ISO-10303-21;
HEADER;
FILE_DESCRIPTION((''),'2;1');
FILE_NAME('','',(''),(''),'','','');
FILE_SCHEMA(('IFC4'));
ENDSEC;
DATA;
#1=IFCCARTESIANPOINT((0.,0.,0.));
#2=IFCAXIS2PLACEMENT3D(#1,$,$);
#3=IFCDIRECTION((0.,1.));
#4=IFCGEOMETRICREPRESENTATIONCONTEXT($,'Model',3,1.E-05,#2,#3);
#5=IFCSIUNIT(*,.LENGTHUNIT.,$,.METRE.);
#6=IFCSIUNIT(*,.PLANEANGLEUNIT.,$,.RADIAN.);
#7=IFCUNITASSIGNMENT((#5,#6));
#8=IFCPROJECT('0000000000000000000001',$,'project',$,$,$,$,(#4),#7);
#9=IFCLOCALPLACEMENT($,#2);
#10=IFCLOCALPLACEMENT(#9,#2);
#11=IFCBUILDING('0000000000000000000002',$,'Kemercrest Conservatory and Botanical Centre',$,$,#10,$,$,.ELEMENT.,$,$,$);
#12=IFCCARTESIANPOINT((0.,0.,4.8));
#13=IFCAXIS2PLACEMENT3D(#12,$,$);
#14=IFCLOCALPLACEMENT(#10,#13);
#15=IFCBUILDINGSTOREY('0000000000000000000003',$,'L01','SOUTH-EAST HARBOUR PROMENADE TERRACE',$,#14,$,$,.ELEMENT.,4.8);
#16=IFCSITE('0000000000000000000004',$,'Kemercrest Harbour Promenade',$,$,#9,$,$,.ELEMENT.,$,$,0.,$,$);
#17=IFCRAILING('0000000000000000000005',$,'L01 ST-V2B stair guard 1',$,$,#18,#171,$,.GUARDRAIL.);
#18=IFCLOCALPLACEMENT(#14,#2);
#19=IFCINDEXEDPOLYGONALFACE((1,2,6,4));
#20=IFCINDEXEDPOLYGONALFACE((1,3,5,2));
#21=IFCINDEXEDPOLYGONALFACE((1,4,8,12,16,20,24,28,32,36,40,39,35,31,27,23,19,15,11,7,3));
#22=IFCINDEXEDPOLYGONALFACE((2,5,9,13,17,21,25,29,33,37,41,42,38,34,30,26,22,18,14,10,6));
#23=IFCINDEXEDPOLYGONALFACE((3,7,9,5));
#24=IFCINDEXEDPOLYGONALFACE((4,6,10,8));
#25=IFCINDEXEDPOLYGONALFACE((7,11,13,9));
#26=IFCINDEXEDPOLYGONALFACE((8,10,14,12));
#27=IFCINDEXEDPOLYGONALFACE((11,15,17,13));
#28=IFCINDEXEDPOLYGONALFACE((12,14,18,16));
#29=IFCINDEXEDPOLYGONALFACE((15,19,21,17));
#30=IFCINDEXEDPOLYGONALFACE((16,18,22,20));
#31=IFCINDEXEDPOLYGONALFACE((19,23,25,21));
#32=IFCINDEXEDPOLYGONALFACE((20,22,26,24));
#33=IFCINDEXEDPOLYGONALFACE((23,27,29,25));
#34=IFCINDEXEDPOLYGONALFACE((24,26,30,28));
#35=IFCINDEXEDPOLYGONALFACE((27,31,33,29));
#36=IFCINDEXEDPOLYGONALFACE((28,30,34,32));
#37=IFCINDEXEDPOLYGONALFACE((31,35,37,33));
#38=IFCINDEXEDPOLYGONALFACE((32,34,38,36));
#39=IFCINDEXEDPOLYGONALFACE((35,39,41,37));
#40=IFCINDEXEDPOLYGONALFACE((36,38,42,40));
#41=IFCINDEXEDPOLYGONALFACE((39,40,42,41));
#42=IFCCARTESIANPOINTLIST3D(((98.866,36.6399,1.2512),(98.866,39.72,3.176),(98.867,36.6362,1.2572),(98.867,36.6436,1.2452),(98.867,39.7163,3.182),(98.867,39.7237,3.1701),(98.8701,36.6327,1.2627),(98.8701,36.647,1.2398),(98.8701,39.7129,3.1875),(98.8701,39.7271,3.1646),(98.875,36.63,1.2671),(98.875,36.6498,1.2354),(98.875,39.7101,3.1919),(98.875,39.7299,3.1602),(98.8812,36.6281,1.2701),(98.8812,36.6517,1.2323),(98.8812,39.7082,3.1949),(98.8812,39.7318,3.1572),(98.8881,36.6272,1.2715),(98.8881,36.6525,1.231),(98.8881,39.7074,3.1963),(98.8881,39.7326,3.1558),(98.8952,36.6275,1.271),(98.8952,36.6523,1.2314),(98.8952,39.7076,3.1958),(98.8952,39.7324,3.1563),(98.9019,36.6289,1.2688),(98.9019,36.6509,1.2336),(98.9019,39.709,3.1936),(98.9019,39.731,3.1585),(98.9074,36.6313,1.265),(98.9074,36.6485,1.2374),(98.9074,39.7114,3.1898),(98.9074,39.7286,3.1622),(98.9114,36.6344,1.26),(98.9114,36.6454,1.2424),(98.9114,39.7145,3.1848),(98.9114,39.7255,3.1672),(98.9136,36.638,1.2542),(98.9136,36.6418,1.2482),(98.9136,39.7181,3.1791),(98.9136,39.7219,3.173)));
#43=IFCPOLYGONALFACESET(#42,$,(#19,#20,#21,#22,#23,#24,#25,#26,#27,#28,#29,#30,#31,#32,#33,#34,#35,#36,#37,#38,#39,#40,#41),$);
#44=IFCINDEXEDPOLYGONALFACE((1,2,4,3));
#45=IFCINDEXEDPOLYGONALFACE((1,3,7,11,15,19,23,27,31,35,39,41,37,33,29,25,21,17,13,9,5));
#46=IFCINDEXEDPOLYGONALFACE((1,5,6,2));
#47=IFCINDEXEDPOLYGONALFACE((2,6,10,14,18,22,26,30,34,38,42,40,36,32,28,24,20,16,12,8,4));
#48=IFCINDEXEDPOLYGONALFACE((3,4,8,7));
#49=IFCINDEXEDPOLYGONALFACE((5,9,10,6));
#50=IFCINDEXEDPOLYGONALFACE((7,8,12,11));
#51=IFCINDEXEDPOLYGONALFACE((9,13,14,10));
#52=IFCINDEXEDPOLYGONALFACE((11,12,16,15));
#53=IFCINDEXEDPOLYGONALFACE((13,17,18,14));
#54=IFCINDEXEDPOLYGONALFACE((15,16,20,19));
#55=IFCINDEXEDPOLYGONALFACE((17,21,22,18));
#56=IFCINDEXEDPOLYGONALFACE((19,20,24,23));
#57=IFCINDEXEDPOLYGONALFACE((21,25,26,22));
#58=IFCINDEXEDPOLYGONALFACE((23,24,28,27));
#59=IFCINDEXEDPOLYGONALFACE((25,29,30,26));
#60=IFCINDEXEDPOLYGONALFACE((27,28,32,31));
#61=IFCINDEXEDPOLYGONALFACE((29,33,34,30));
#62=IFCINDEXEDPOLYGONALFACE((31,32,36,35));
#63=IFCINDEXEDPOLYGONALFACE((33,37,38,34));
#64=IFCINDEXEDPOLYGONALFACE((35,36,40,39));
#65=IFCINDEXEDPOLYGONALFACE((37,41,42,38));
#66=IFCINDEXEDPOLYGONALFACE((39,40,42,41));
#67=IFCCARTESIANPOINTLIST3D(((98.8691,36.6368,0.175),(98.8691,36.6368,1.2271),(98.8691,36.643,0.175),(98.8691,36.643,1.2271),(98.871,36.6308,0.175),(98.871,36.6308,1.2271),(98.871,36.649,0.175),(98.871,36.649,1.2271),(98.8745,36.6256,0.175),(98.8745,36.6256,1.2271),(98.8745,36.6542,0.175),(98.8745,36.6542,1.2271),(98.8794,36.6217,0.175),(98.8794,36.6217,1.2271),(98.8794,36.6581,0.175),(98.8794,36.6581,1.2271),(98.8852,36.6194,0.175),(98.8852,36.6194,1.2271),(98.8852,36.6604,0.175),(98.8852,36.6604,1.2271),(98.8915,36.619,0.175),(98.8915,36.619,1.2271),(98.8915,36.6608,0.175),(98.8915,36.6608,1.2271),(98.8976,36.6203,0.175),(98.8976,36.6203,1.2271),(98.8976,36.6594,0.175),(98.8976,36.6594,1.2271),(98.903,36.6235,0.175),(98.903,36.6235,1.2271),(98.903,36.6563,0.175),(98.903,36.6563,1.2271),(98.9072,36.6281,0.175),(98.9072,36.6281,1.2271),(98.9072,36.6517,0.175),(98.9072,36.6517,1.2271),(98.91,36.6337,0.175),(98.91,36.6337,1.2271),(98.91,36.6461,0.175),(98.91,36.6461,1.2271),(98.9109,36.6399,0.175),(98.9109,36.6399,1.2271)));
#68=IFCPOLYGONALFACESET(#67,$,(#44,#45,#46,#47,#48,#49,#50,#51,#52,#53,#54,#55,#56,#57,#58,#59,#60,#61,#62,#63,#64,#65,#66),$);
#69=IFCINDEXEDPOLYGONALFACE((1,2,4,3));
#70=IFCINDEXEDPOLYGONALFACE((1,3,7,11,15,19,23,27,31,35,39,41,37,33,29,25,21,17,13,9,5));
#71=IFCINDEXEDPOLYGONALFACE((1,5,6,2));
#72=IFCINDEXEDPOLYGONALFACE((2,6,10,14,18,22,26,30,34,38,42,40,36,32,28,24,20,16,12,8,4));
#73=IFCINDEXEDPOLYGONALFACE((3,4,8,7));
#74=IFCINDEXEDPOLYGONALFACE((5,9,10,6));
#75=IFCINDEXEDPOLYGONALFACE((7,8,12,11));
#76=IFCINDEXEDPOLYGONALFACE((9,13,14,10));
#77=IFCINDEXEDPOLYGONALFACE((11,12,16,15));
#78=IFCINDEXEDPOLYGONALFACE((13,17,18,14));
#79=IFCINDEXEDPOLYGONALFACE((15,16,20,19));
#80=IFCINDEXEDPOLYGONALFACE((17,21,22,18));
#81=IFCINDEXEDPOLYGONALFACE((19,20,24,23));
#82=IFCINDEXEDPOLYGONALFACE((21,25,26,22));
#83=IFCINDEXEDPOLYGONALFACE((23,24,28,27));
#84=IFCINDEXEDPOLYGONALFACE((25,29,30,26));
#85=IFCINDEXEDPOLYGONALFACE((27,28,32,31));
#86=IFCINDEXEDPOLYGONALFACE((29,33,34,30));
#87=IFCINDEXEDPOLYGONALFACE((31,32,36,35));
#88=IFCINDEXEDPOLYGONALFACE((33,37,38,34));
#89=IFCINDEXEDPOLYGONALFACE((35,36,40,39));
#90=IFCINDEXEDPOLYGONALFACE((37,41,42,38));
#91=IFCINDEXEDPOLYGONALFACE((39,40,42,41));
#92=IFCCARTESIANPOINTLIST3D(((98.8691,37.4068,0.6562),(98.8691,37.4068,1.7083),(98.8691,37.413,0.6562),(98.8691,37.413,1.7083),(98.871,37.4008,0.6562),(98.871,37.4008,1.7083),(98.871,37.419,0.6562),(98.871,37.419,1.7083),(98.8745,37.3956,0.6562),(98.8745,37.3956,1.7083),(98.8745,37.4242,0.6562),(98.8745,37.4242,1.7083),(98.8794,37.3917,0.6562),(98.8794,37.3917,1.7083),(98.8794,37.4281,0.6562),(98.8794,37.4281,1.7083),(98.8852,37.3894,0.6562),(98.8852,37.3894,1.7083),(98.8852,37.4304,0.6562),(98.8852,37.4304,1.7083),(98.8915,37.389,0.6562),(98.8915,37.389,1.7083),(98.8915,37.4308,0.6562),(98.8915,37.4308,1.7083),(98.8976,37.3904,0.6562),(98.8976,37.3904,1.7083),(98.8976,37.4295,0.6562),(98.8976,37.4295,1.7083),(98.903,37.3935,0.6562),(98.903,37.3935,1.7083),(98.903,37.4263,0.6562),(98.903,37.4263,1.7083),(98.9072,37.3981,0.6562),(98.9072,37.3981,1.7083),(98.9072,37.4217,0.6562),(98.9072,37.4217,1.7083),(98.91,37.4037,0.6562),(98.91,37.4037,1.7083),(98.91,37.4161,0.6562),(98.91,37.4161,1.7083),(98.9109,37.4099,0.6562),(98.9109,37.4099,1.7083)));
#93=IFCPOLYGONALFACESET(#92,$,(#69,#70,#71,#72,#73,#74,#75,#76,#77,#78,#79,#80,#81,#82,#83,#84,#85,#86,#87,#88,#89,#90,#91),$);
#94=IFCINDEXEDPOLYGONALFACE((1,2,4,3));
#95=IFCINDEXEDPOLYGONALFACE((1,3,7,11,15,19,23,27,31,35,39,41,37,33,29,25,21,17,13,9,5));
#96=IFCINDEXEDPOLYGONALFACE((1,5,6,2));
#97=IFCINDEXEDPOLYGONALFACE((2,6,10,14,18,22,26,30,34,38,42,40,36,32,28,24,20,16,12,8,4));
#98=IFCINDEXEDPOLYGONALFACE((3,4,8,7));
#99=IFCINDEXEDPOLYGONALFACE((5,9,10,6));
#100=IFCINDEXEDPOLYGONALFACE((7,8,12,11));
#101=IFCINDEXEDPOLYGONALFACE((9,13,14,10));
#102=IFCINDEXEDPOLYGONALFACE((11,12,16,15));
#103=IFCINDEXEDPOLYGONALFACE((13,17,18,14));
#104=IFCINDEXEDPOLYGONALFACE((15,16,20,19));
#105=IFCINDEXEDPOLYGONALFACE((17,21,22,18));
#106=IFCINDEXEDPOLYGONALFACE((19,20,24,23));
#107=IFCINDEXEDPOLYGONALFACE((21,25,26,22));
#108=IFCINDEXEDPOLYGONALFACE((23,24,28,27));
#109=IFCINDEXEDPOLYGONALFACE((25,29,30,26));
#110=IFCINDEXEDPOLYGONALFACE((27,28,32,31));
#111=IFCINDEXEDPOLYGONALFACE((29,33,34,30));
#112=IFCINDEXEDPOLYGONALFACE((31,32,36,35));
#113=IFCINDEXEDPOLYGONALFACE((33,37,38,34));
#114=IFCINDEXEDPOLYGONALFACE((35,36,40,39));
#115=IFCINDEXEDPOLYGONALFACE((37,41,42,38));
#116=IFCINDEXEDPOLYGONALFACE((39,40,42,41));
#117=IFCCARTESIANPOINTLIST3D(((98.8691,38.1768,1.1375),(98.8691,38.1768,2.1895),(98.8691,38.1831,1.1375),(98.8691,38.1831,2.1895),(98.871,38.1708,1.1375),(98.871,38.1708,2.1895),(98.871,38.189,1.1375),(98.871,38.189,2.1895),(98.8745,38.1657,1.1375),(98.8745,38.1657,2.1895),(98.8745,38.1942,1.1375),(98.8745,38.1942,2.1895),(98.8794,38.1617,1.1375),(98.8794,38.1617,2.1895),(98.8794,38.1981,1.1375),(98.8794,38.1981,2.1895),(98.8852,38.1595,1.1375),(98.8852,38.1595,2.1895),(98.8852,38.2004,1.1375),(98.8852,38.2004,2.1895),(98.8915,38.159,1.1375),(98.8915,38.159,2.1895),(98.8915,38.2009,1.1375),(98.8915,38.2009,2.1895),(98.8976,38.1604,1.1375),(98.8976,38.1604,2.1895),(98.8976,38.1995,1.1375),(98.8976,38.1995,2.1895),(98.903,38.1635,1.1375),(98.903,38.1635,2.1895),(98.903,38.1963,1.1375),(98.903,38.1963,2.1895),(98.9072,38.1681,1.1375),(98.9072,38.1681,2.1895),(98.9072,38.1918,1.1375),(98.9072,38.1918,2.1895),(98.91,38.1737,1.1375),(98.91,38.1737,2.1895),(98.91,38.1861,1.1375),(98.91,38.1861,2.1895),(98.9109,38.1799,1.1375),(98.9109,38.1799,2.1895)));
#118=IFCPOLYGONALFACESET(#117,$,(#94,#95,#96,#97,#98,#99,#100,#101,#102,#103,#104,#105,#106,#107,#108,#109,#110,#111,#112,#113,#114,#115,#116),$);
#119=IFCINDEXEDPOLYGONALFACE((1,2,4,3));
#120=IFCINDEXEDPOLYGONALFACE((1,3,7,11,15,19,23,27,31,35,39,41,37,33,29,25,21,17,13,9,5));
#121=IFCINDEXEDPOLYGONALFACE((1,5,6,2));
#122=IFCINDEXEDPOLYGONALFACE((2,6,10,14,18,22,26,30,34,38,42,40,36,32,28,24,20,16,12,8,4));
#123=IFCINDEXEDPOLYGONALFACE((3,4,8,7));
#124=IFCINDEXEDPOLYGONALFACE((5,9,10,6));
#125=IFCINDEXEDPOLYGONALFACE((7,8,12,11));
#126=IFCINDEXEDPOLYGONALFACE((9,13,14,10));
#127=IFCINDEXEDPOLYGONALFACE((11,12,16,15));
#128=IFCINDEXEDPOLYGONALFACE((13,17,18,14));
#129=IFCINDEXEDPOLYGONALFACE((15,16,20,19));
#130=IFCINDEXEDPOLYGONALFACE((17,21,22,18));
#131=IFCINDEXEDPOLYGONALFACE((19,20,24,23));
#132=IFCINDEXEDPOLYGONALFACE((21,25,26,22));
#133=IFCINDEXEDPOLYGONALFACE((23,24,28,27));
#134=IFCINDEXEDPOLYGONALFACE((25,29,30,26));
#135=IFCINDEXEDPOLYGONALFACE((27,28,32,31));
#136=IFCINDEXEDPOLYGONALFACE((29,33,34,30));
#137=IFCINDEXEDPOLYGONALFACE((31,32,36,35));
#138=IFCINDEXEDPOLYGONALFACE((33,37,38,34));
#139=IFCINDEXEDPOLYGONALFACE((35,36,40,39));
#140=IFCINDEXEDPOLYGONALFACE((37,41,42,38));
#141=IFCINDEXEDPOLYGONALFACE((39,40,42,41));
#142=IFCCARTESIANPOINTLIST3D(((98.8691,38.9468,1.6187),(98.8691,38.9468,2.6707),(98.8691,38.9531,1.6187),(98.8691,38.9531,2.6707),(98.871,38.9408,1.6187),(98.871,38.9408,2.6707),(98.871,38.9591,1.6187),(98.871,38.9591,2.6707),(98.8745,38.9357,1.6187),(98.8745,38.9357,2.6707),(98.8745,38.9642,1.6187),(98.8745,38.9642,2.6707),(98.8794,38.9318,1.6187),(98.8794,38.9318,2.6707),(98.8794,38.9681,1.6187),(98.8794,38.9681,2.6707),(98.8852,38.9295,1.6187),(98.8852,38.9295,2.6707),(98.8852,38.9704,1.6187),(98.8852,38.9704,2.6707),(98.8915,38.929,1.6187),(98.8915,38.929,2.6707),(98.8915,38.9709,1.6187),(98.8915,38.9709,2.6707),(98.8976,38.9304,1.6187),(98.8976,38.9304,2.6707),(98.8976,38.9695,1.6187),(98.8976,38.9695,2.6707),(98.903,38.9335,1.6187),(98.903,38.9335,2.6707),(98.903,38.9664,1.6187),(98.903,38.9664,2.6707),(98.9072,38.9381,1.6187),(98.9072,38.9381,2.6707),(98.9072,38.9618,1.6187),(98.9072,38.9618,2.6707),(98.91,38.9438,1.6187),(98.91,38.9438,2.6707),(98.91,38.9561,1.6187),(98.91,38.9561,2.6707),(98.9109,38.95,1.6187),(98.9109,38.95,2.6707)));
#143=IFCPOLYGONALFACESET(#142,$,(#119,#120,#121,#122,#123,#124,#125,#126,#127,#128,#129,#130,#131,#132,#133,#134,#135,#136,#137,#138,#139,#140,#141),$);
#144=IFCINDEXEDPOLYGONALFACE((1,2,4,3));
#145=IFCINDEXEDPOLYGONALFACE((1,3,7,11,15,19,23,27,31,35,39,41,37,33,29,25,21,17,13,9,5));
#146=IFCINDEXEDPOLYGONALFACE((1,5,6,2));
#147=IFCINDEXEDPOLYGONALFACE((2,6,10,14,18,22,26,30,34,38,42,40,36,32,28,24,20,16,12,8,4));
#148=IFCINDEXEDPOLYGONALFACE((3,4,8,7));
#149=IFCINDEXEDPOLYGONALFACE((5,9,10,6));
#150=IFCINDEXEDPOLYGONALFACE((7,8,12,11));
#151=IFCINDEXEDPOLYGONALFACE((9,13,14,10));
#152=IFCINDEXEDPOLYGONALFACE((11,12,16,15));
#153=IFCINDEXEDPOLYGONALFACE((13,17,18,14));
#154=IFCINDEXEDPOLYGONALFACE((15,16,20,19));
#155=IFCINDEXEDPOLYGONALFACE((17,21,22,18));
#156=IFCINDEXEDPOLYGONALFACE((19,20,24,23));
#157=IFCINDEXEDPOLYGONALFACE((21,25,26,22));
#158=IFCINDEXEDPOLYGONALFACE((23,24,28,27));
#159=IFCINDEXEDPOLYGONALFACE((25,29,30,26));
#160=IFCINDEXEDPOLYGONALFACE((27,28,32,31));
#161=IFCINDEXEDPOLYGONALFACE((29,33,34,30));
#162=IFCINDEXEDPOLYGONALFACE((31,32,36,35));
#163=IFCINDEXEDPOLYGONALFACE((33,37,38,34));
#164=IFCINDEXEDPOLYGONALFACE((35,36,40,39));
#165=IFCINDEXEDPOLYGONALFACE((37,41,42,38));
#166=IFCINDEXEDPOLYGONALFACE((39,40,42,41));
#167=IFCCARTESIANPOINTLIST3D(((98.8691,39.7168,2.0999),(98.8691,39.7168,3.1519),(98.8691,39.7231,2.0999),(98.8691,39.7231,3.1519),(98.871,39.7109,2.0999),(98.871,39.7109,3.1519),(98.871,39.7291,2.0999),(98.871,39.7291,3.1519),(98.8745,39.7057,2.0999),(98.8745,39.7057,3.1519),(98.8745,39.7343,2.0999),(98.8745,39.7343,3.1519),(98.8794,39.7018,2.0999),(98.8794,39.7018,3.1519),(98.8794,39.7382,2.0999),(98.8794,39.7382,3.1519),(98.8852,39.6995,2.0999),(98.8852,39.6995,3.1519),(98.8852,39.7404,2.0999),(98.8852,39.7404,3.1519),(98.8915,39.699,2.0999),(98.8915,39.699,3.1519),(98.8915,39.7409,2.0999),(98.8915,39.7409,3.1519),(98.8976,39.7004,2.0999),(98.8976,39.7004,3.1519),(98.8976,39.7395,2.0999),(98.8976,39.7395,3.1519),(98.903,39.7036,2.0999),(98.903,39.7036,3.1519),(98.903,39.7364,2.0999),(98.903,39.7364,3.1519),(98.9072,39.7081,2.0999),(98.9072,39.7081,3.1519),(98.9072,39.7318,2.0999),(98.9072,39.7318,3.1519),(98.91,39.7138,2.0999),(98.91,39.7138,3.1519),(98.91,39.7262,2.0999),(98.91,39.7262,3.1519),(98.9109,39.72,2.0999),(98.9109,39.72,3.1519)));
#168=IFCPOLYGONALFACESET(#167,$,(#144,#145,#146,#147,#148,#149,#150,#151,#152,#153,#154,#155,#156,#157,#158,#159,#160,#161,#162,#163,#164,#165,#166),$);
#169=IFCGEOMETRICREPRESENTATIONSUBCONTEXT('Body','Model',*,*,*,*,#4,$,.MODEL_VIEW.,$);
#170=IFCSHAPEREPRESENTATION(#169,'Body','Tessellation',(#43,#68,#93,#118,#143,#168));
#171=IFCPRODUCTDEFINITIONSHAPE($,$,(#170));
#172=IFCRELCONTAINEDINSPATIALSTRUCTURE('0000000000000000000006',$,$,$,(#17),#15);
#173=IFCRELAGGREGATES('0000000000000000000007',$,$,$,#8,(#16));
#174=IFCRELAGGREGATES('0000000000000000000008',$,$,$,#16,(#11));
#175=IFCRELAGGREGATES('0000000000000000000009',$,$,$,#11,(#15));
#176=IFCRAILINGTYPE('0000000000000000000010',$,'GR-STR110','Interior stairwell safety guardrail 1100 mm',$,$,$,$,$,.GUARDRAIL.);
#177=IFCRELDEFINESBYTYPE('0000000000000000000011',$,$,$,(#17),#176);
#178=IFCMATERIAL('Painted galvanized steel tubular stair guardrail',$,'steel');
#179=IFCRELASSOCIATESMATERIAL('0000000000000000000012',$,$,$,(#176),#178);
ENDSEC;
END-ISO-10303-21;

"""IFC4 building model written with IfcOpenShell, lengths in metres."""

from ifc_helpers import new_model, si_unit, direction, frame, origin, origin_2d, place, context, subcontext, project, spatial, circle, extrude, material, type_object, element, save


model = new_model("IFC4")

# Units and contexts
model_context = context("Model", 3, precision=1e-05, world=origin(), true_north=direction((0.0, 1.0)))
body_context = subcontext(model_context, "Body", "Model", "MODEL_VIEW")
ifc_project = project(units=[si_unit("LENGTHUNIT", "METRE"), si_unit("PLANEANGLEUNIT", "RADIAN")], contexts=[model_context])

# Site, building, storey
site_placement = place(None, origin())
site = spatial("IfcSite", under=ifc_project, at=site_placement, Name="Kemercrest Harbour Promenade", CompositionType="ELEMENT", RefElevation=0.0)
building_placement = place(site_placement, origin())
building = spatial("IfcBuilding", under=site, at=building_placement, Name="Kemercrest Conservatory and Botanical Centre", CompositionType="ELEMENT")
storey_placement = place(building_placement, frame((0.0, 0.0, 4.8)))
storey = spatial("IfcBuildingStorey", under=building, at=storey_placement, Name="L01", Description="SOUTH-EAST HARBOUR PROMENADE TERRACE", CompositionType="ELEMENT", Elevation=4.8)

# Railing
ifc_material_1 = material(Name="Painted galvanized steel tubular stair guardrail", Category="steel")
railing_type_1 = type_object("IfcRailingType", Name="GR-STR110", Description="Interior stairwell safety guardrail 1100 mm", PredefinedType="GUARDRAIL", material=ifc_material_1)
railing_1_placement = place(storey_placement, frame((98.8899, 36.6399, 0.175)))
element("IfcRailing", 1, at=railing_1_placement, inside=storey, type_object=railing_type_1, Name="L01 ST-V2B stair guard 1", PredefinedType="GUARDRAIL", context=body_context, shape_type="SweptSolid", body=[
    extrude(circle(Radius=0.0239, at=origin_2d()), frame((0.0, 0.0, 1.0762), z_axis=(0.0, 0.848029, 0.529951), x_axis=(-1.0, 0.0, 0.0)), (0.0, 0.0, 1.0), 3.6321),
    extrude(circle(Radius=0.021, at=origin_2d()), origin(), (0.0, 0.0, 1.0), 1.052),
    extrude(circle(Radius=0.021, at=origin_2d()), frame((0.0, 0.77, 0.4812)), (0.0, 0.0, 1.0), 1.052),
    extrude(circle(Radius=0.021, at=origin_2d()), frame((0.0, 1.54, 0.9624)), (0.0, 0.0, 1.0), 1.052),
    extrude(circle(Radius=0.021, at=origin_2d()), frame((0.0, 2.3101, 1.4436)), (0.0, 0.0, 1.0), 1.052),
    extrude(circle(Radius=0.021, at=origin_2d()), frame((0.0, 3.0801, 1.9248)), (0.0, 0.0, 1.0), 1.052),
])

save(model, "model.ifc")
